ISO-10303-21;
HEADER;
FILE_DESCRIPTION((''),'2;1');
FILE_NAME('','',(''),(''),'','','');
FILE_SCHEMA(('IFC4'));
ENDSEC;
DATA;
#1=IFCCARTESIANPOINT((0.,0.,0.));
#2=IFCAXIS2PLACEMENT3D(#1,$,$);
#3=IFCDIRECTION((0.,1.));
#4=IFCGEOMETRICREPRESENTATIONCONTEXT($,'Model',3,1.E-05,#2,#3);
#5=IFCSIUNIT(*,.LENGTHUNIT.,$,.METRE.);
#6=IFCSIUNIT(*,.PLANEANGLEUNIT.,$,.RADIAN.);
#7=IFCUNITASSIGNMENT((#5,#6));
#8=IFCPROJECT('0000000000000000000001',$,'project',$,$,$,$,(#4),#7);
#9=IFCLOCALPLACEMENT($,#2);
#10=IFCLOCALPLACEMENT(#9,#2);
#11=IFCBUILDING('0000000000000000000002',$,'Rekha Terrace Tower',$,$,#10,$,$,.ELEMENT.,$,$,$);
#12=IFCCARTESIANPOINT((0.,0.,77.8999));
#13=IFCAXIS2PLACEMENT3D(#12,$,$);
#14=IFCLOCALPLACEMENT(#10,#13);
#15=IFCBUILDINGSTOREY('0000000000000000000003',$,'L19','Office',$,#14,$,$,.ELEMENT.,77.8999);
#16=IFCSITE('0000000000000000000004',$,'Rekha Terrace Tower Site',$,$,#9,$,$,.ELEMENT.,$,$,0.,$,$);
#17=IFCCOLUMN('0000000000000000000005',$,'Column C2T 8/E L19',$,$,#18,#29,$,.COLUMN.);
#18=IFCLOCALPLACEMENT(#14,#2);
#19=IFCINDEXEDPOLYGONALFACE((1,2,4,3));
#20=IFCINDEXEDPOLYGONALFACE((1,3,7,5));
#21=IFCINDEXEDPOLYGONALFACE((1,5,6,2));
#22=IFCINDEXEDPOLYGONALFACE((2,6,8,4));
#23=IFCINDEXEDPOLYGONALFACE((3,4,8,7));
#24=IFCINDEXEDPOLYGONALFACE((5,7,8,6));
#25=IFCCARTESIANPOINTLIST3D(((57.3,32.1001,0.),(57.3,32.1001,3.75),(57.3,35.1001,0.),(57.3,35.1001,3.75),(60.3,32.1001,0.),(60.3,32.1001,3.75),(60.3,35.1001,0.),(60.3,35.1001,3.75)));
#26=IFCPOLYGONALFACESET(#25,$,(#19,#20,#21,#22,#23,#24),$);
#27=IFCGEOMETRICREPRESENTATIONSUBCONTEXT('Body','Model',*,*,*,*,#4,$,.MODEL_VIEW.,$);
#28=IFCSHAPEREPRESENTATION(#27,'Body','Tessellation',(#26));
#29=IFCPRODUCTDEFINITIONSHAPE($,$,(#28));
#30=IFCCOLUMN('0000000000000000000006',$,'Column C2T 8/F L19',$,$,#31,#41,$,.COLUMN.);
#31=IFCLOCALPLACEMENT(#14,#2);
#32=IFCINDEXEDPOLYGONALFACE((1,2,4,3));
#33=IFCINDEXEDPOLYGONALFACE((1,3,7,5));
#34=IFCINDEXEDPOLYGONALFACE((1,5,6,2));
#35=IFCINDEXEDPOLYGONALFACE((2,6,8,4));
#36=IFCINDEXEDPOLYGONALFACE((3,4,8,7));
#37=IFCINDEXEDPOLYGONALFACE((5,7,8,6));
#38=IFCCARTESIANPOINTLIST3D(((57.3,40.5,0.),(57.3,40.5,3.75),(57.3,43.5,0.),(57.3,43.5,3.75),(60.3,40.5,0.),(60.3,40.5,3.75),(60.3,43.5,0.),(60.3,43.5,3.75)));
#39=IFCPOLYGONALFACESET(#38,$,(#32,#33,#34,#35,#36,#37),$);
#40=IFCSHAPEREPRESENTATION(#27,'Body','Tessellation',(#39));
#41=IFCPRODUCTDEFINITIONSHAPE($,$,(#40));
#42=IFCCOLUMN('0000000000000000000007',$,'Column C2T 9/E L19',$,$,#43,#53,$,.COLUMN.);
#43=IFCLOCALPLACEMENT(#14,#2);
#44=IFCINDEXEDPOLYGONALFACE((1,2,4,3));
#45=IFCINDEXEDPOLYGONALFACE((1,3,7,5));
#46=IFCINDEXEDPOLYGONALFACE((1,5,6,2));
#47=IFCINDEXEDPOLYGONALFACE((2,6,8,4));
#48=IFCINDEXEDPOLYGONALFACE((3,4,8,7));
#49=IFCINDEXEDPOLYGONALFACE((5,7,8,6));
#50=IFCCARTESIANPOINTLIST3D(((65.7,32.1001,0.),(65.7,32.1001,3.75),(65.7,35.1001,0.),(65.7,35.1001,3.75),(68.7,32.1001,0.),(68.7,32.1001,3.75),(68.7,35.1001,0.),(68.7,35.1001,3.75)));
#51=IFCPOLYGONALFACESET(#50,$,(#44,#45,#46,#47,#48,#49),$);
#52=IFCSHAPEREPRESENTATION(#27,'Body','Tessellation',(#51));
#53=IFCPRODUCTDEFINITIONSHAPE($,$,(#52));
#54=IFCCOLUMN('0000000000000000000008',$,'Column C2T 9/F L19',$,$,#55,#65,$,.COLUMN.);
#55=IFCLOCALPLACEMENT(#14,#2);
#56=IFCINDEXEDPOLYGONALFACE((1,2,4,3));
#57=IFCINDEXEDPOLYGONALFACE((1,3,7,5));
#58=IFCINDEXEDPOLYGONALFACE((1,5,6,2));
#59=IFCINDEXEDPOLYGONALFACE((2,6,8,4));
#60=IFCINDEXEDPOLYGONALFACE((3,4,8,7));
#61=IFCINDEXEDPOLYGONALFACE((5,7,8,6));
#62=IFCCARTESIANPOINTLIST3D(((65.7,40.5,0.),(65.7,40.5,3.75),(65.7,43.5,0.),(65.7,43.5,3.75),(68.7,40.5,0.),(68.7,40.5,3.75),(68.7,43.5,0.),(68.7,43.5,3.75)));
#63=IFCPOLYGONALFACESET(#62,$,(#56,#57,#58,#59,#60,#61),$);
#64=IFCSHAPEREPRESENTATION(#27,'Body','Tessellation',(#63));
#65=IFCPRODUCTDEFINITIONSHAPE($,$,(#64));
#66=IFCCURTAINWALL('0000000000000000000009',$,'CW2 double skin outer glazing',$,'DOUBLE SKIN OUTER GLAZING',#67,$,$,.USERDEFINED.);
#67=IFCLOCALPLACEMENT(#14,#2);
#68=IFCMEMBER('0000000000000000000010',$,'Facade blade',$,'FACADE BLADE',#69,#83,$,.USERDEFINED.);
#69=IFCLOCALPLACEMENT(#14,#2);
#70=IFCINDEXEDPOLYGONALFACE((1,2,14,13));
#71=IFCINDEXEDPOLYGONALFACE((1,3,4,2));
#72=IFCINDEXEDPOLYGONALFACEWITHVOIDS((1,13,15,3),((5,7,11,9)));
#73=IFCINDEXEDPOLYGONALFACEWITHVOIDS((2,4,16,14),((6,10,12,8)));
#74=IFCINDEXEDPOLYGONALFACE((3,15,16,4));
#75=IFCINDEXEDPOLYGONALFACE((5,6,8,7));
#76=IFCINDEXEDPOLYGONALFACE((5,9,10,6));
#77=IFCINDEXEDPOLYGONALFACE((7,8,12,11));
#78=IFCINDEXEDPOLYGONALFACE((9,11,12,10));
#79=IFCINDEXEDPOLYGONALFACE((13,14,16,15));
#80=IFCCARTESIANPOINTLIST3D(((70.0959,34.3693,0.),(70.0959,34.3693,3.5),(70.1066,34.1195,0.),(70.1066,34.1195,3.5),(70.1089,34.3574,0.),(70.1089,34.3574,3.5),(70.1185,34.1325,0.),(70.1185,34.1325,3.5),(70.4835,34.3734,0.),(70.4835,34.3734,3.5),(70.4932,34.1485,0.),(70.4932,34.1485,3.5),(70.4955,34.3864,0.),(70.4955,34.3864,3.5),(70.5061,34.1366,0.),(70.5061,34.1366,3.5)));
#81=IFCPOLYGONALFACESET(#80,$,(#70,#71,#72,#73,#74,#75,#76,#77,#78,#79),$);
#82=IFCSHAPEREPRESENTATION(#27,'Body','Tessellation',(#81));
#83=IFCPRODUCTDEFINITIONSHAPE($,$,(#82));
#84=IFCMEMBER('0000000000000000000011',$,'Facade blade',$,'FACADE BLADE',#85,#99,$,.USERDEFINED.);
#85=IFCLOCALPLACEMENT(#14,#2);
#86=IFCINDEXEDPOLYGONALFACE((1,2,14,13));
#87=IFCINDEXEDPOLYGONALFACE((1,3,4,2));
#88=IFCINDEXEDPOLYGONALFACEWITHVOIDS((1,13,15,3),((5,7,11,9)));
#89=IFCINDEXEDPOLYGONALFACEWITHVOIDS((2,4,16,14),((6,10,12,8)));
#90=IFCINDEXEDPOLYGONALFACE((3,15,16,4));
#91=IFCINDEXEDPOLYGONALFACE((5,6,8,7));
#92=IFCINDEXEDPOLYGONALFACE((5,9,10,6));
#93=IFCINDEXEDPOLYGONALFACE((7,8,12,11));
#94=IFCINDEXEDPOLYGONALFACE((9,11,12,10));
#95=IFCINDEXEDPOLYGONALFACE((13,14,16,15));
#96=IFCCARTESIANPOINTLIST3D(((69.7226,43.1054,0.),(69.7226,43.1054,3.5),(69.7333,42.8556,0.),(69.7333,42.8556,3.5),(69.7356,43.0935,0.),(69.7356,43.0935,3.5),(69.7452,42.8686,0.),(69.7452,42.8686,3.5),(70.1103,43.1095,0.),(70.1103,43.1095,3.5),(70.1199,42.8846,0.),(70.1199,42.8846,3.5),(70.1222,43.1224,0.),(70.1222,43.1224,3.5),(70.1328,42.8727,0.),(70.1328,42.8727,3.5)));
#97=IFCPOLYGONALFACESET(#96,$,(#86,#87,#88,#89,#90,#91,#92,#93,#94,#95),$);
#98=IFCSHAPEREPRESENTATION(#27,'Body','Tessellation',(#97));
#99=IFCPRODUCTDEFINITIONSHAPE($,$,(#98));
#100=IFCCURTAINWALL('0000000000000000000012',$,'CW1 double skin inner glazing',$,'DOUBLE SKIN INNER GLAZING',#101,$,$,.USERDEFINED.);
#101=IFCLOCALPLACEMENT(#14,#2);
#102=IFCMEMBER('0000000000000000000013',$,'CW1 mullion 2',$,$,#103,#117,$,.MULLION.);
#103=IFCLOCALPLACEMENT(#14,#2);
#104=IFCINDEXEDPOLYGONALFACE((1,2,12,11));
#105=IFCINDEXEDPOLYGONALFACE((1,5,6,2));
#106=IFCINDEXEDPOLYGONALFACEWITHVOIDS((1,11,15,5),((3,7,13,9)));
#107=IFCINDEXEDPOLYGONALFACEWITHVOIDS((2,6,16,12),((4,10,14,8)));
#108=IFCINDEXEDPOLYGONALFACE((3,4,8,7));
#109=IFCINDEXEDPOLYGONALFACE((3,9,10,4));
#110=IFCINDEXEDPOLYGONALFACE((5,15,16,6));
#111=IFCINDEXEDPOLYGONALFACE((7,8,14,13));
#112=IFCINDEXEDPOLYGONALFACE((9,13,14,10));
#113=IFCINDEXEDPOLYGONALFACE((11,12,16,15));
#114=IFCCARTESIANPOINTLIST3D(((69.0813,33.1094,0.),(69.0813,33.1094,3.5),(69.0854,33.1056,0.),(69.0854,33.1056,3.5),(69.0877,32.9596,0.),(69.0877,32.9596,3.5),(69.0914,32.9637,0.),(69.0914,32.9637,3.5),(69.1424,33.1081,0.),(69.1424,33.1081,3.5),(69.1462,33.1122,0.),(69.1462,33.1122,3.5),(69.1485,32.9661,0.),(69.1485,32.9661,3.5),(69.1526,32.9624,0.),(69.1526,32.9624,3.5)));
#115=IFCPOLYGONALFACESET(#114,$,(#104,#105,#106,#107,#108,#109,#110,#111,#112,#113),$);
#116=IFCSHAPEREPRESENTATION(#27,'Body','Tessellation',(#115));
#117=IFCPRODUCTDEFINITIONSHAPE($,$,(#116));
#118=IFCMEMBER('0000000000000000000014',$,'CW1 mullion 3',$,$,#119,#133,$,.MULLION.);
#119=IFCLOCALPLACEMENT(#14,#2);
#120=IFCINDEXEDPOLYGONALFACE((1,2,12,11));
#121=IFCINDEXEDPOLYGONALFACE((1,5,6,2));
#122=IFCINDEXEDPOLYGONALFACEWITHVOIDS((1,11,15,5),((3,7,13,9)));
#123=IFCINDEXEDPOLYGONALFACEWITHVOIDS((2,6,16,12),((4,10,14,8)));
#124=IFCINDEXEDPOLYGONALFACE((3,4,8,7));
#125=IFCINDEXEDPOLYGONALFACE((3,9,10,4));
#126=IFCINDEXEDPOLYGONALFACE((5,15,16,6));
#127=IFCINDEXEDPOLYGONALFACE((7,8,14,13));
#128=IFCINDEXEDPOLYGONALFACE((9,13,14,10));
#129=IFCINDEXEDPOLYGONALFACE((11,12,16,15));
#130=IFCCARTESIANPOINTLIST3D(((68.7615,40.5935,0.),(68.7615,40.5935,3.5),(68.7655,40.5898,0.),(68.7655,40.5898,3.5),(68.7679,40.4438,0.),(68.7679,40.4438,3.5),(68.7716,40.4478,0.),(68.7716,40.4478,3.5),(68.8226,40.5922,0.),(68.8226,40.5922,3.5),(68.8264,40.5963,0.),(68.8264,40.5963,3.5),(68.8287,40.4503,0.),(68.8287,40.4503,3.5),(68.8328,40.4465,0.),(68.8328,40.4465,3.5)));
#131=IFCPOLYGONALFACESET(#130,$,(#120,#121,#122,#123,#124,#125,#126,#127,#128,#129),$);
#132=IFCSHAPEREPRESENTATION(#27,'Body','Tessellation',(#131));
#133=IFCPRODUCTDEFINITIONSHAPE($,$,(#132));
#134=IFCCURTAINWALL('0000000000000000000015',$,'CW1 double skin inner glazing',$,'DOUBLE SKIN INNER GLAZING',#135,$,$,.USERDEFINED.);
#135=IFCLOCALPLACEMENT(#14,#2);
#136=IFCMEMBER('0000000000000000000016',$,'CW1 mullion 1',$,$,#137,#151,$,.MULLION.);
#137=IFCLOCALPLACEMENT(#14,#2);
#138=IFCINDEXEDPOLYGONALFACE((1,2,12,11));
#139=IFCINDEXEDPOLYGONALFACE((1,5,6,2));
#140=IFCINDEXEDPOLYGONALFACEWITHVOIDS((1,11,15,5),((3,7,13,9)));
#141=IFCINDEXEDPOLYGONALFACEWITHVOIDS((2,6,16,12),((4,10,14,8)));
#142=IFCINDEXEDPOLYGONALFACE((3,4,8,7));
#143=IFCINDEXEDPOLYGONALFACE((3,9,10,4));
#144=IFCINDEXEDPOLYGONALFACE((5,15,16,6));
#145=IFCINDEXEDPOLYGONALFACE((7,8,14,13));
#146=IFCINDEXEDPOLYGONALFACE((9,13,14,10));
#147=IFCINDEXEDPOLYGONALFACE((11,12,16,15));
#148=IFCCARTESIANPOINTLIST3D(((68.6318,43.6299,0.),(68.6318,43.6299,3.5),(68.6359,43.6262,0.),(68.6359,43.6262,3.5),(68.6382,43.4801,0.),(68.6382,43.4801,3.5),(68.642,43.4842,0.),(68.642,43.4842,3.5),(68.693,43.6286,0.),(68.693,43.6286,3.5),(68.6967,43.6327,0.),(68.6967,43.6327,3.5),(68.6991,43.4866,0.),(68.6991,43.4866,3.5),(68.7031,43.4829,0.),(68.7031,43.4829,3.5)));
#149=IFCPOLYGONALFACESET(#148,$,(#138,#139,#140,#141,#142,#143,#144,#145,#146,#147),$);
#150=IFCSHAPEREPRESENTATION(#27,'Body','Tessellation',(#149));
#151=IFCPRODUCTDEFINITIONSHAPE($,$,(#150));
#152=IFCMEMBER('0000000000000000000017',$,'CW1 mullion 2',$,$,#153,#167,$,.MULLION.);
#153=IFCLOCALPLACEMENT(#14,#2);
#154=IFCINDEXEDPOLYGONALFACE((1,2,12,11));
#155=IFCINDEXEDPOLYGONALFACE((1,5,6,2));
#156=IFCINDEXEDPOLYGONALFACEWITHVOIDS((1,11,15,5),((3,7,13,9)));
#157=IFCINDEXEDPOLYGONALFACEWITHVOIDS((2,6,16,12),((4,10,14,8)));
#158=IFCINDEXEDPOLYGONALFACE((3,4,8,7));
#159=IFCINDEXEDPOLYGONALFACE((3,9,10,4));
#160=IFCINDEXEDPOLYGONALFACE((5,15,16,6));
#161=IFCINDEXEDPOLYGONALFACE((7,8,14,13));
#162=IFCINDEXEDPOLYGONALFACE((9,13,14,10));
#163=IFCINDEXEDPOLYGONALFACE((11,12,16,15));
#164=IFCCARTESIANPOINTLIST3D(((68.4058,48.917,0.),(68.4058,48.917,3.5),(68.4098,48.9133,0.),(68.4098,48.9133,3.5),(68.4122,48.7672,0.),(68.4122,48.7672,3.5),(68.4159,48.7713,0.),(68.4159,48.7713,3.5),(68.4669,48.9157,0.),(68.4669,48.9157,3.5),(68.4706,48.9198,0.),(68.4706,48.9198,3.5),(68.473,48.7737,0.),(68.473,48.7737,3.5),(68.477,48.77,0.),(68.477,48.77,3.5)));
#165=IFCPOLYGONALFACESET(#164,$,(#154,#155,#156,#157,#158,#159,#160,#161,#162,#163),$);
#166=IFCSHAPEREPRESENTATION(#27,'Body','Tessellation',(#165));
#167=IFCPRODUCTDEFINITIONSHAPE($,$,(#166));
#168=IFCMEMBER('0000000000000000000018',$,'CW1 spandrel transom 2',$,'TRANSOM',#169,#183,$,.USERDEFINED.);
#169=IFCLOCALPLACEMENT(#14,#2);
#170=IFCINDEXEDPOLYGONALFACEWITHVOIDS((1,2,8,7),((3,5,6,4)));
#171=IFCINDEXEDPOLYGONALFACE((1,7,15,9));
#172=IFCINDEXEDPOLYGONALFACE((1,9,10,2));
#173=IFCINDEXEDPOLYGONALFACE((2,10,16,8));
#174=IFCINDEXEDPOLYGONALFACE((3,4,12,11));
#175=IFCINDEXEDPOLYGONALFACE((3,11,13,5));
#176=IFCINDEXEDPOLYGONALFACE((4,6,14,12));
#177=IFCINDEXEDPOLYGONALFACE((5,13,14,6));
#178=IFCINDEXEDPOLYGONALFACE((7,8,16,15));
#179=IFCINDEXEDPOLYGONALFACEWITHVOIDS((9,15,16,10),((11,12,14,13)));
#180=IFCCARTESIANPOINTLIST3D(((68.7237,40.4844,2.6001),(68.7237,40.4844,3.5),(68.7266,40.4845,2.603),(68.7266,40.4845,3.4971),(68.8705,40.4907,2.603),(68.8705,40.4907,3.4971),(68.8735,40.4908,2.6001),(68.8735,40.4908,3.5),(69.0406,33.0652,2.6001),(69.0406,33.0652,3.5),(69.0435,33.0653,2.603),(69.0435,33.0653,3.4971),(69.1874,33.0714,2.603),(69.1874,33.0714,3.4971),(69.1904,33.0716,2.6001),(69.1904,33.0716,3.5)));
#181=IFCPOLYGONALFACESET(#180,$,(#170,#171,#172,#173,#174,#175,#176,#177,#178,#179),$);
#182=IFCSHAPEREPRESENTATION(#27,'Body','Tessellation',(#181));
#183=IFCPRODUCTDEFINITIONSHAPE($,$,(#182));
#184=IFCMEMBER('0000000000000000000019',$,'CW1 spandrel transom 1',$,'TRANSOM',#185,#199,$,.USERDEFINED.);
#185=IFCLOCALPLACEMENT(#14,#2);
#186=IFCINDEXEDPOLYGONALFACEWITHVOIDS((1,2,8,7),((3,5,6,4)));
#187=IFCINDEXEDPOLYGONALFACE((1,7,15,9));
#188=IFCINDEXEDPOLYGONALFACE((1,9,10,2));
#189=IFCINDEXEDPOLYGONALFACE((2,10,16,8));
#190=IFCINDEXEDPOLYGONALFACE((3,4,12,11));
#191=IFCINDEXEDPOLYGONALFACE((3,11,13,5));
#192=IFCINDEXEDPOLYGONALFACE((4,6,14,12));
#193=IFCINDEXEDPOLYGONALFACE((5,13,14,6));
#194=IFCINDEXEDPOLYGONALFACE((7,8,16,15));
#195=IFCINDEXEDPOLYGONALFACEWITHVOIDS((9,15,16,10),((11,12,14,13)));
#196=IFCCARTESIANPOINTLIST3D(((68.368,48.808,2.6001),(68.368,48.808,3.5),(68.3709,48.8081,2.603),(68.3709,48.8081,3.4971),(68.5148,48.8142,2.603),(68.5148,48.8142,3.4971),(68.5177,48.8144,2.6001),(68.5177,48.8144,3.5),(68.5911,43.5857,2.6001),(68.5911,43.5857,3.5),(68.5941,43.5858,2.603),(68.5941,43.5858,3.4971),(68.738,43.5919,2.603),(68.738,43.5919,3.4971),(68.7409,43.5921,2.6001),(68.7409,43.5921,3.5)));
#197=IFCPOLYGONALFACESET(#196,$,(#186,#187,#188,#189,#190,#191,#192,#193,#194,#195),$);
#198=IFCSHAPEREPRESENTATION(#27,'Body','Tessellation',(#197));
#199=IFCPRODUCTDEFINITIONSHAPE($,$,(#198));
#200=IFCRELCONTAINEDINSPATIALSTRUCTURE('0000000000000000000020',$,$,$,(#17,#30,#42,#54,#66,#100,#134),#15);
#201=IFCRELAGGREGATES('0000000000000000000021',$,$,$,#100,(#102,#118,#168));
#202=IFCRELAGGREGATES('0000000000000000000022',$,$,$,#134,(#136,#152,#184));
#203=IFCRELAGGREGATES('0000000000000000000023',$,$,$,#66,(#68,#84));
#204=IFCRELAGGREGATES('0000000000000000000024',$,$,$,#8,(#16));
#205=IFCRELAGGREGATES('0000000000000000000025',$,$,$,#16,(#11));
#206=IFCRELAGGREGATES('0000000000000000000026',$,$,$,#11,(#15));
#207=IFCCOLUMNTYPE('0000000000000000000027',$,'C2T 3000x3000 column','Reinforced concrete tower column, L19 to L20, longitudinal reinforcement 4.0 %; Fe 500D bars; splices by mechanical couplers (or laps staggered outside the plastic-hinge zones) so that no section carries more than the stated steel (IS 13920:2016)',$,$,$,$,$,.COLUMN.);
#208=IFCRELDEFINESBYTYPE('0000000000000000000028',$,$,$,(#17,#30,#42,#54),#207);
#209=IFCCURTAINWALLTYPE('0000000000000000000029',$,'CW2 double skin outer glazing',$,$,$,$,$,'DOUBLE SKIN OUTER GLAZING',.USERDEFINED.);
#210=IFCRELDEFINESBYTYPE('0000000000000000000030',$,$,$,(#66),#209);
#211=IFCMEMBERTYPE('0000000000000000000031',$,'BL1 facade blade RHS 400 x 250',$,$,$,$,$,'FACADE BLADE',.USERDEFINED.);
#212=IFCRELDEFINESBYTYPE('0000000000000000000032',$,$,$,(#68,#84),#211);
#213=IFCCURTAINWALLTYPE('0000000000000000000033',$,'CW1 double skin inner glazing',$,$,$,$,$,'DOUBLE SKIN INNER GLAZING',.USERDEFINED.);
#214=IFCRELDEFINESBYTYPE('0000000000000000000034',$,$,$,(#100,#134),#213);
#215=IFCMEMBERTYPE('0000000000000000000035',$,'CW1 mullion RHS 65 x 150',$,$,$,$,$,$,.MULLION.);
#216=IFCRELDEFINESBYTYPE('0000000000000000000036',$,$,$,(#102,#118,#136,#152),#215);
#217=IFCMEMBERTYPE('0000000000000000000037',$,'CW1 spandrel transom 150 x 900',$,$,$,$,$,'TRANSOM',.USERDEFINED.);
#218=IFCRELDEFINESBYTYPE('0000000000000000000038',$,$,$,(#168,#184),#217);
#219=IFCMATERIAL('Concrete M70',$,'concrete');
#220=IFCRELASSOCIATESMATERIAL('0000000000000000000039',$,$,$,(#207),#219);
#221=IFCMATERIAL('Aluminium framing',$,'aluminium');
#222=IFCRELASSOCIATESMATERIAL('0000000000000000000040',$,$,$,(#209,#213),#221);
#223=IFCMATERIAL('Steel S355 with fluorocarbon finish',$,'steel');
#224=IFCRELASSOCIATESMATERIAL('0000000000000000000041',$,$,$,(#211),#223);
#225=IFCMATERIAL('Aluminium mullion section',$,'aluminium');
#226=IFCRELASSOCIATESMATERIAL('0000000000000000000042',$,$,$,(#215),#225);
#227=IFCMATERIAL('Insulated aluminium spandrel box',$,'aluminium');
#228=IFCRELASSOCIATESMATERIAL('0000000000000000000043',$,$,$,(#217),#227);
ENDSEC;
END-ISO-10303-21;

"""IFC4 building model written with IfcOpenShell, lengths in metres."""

from ifc_helpers import new_model, si_unit, direction, frame, origin, origin_2d, place, context, subcontext, project, spatial, rectangle, hollow_rectangle, extrude, material, material_profile, profile_set, type_object, element, aggregate, save


model = new_model("IFC4")

# Units and contexts
model_context = context("Model", 3, precision=1e-05, world=origin(), true_north=direction((0.0, 1.0)))
body_context = subcontext(model_context, "Body", "Model", "MODEL_VIEW")
ifc_project = project(units=[si_unit("LENGTHUNIT", "METRE"), si_unit("PLANEANGLEUNIT", "RADIAN")], contexts=[model_context])

# Site, building, storey
site_placement = place(None, origin())
site = spatial("IfcSite", under=ifc_project, at=site_placement, Name="Rekha Terrace Tower Site", CompositionType="ELEMENT", RefElevation=0.0)
building_placement = place(site_placement, origin())
building = spatial("IfcBuilding", under=site, at=building_placement, Name="Rekha Terrace Tower", CompositionType="ELEMENT")
storey_placement = place(building_placement, frame((0.0, 0.0, 77.8999)))
storey = spatial("IfcBuildingStorey", under=building, at=storey_placement, Name="L19", Description="Office", CompositionType="ELEMENT", Elevation=77.8999)

# Columns
ifc_material_1 = material(Name="Concrete M70", Category="concrete")
ifc_material_profile_1 = material_profile(ifc_material_1, rectangle(XDim=3.0, YDim=3.0, at=origin_2d()), Name="RC 3000x3000")
ifc_profile_set_1 = profile_set([ifc_material_profile_1], Name="Concrete M70")
column_type = type_object("IfcColumnType", Name="C2T 3000x3000 column", Description="Reinforced concrete tower column, L19 to L20, longitudinal reinforcement 4.0 %; Fe 500D bars; splices by mechanical couplers (or laps staggered outside the plastic-hinge zones) so that no section carries more than the stated steel (IS 13920:2016)", PredefinedType="COLUMN", material=ifc_profile_set_1)
for number, where, z_axis, x_axis, name in (
    (1, (58.8, 33.6001, 0.0), (0.0, 0.0, 1.0), (1.0, 0.0, 0.0), "Column C2T 8/E L19"),
    (2, (58.8, 42.0, 0.0), (0.0, 0.0, 1.0), (1.0, 0.0, 0.0), "Column C2T 8/F L19"),
    (3, (67.2, 33.6001, 0.0), (0.0, 0.0, 1.0), (1.0, 0.0, 0.0), "Column C2T 9/E L19"),
    (4, (67.2, 42.0, 0.0), (0.0, 0.0, 1.0), (1.0, 0.0, 0.0), "Column C2T 9/F L19"),
):
    element("IfcColumn", number, at=place(storey_placement, frame(where, z_axis=z_axis, x_axis=x_axis)), inside=storey, type_object=column_type, Name=name, PredefinedType="COLUMN", context=body_context, shape_type="SweptSolid", body=[
        extrude(rectangle(XDim=3.0, YDim=3.0, at=origin_2d()), origin(), (0.0, 0.0, 1.0), 3.75),
    ])

# Curtain walls, members
ifc_material_2 = material(Name="Aluminium framing", Category="aluminium")
curtain_wall_type_1 = type_object("IfcCurtainWallType", Name="CW2 double skin outer glazing", ElementType="DOUBLE SKIN OUTER GLAZING", PredefinedType="USERDEFINED", material=ifc_material_2)
curtain_wall_1_placement = place(storey_placement, origin())
curtain_wall_1 = element("IfcCurtainWall", 5, at=curtain_wall_1_placement, inside=storey, type_object=curtain_wall_type_1, Name="CW2 double skin outer glazing", ObjectType="DOUBLE SKIN OUTER GLAZING", PredefinedType="USERDEFINED")
ifc_material_3 = material(Name="Steel S355 with fluorocarbon finish", Category="steel")
ifc_material_profile_2 = material_profile(ifc_material_3, hollow_rectangle(XDim=0.25, YDim=0.3999, WallThickness=0.0125, at=origin_2d()), Name="RHS400x250x12.5")
ifc_profile_set_2 = profile_set([ifc_material_profile_2], Name="Steel S355 with fluorocarbon finish")
member_type_1 = type_object("IfcMemberType", Name="BL1 facade blade RHS 400 x 250", ElementType="FACADE BLADE", PredefinedType="USERDEFINED", material=ifc_profile_set_2)
member_1_placement = place(storey_placement, frame((70.301, 34.2529, 0.0), z_axis=(0.0, 0.0, 1.0), x_axis=(-0.042695, 0.999088, 0.0)))
member_1 = element("IfcMember", 6, at=member_1_placement, type_object=member_type_1, Name="Facade blade", ObjectType="FACADE BLADE", PredefinedType="USERDEFINED", context=body_context, shape_type="SweptSolid", body=[
    extrude(hollow_rectangle(XDim=0.25, YDim=0.3999, WallThickness=0.0125, at=origin_2d()), origin(), (0.0, 0.0, 1.0), 3.5),
])
member_2_placement = place(storey_placement, frame((69.9277, 42.989, 0.0), z_axis=(0.0, 0.0, 1.0), x_axis=(-0.042695, 0.999088, 0.0)))
member_2 = element("IfcMember", 7, at=member_2_placement, type_object=member_type_1, Name="Facade blade", ObjectType="FACADE BLADE", PredefinedType="USERDEFINED", context=body_context, shape_type="SweptSolid", body=[
    extrude(hollow_rectangle(XDim=0.25, YDim=0.3999, WallThickness=0.0125, at=origin_2d()), origin(), (0.0, 0.0, 1.0), 3.5),
])
curtain_wall_type_2 = type_object("IfcCurtainWallType", Name="CW1 double skin inner glazing", ElementType="DOUBLE SKIN INNER GLAZING", PredefinedType="USERDEFINED", material=ifc_material_2)
curtain_wall_2_placement = place(storey_placement, origin())
curtain_wall_2 = element("IfcCurtainWall", 8, at=curtain_wall_2_placement, inside=storey, type_object=curtain_wall_type_2, Name="CW1 double skin inner glazing", ObjectType="DOUBLE SKIN INNER GLAZING", PredefinedType="USERDEFINED")
ifc_material_4 = material(Name="Aluminium mullion section", Category="aluminium")
ifc_material_profile_3 = material_profile(ifc_material_4, hollow_rectangle(XDim=0.0649, YDim=0.1499, WallThickness=0.0039, at=origin_2d()), Name="AL RHS 65x150")
ifc_profile_set_3 = profile_set([ifc_material_profile_3], Name="Aluminium mullion section")
member_type_2 = type_object("IfcMemberType", Name="CW1 mullion RHS 65 x 150", PredefinedType="MULLION", material=ifc_profile_set_3)
member_3_placement = place(storey_placement, frame((69.1169, 33.0359, 0.0), z_axis=(0.0, 0.0, 1.0), x_axis=(-0.999088, -0.042696, 0.0)))
member_3 = element("IfcMember", 9, at=member_3_placement, type_object=member_type_2, Name="CW1 mullion 2", PredefinedType="MULLION", context=body_context, shape_type="SweptSolid", body=[
    extrude(hollow_rectangle(XDim=0.0649, YDim=0.1499, WallThickness=0.0039, at=origin_2d()), origin(), (0.0, 0.0, 1.0), 3.5),
])
member_4_placement = place(storey_placement, frame((68.7971, 40.52, 0.0), z_axis=(0.0, 0.0, 1.0), x_axis=(-0.999088, -0.042696, 0.0)))
member_4 = element("IfcMember", 10, at=member_4_placement, type_object=member_type_2, Name="CW1 mullion 3", PredefinedType="MULLION", context=body_context, shape_type="SweptSolid", body=[
    extrude(hollow_rectangle(XDim=0.0649, YDim=0.1499, WallThickness=0.0039, at=origin_2d()), origin(), (0.0, 0.0, 1.0), 3.5),
])
curtain_wall_3_placement = place(storey_placement, origin())
curtain_wall_3 = element("IfcCurtainWall", 11, at=curtain_wall_3_placement, inside=storey, type_object=curtain_wall_type_2, Name="CW1 double skin inner glazing", ObjectType="DOUBLE SKIN INNER GLAZING", PredefinedType="USERDEFINED")
member_5_placement = place(storey_placement, frame((68.6675, 43.5564, 0.0), z_axis=(0.0, 0.0, 1.0), x_axis=(-0.999088, -0.042696, 0.0)))
member_5 = element("IfcMember", 12, at=member_5_placement, type_object=member_type_2, Name="CW1 mullion 1", PredefinedType="MULLION", context=body_context, shape_type="SweptSolid", body=[
    extrude(hollow_rectangle(XDim=0.0649, YDim=0.1499, WallThickness=0.0039, at=origin_2d()), origin(), (0.0, 0.0, 1.0), 3.5),
])
member_6_placement = place(storey_placement, frame((68.4414, 48.8435, 0.0), z_axis=(0.0, 0.0, 1.0), x_axis=(-0.999088, -0.042696, 0.0)))
member_6 = element("IfcMember", 13, at=member_6_placement, type_object=member_type_2, Name="CW1 mullion 2", PredefinedType="MULLION", context=body_context, shape_type="SweptSolid", body=[
    extrude(hollow_rectangle(XDim=0.0649, YDim=0.1499, WallThickness=0.0039, at=origin_2d()), origin(), (0.0, 0.0, 1.0), 3.5),
])

# Members
ifc_material_5 = material(Name="Insulated aluminium spandrel box", Category="aluminium")
ifc_material_profile_4 = material_profile(ifc_material_5, hollow_rectangle(XDim=0.1499, YDim=0.8999, WallThickness=0.0029, at=origin_2d()), Name="AL SPANDREL BOX 150x900")
ifc_profile_set_4 = profile_set([ifc_material_profile_4], Name="Insulated aluminium spandrel box")
member_type_3 = type_object("IfcMemberType", Name="CW1 spandrel transom 150 x 900", ElementType="TRANSOM", PredefinedType="USERDEFINED", material=ifc_profile_set_4)
member_7_placement = place(storey_placement, frame((69.1155, 33.0684, 3.05), z_axis=(-0.042674, 0.999089, 0.0), x_axis=(-0.999089, -0.042674, 0.0)))
member_7 = element("IfcMember", 14, at=member_7_placement, type_object=member_type_3, Name="CW1 spandrel transom 2", ObjectType="TRANSOM", PredefinedType="USERDEFINED", context=body_context, shape_type="SweptSolid", body=[
    extrude(hollow_rectangle(XDim=0.1499, YDim=0.8999, WallThickness=0.0029, at=origin_2d()), origin(), (0.0, 0.0, 1.0), 7.426),
])
member_8_placement = place(storey_placement, frame((68.666, 43.5889, 3.05), z_axis=(-0.042691, 0.999088, 0.0), x_axis=(-0.999088, -0.042691, 0.0)))
member_8 = element("IfcMember", 15, at=member_8_placement, type_object=member_type_3, Name="CW1 spandrel transom 1", ObjectType="TRANSOM", PredefinedType="USERDEFINED", context=body_context, shape_type="SweptSolid", body=[
    extrude(hollow_rectangle(XDim=0.1499, YDim=0.8999, WallThickness=0.0029, at=origin_2d()), origin(), (0.0, 0.0, 1.0), 5.2271),
])

aggregate(curtain_wall_2, [member_3, member_4, member_7])
aggregate(curtain_wall_3, [member_5, member_6, member_8])
aggregate(curtain_wall_1, [member_1, member_2])

save(model, "model.ifc")
